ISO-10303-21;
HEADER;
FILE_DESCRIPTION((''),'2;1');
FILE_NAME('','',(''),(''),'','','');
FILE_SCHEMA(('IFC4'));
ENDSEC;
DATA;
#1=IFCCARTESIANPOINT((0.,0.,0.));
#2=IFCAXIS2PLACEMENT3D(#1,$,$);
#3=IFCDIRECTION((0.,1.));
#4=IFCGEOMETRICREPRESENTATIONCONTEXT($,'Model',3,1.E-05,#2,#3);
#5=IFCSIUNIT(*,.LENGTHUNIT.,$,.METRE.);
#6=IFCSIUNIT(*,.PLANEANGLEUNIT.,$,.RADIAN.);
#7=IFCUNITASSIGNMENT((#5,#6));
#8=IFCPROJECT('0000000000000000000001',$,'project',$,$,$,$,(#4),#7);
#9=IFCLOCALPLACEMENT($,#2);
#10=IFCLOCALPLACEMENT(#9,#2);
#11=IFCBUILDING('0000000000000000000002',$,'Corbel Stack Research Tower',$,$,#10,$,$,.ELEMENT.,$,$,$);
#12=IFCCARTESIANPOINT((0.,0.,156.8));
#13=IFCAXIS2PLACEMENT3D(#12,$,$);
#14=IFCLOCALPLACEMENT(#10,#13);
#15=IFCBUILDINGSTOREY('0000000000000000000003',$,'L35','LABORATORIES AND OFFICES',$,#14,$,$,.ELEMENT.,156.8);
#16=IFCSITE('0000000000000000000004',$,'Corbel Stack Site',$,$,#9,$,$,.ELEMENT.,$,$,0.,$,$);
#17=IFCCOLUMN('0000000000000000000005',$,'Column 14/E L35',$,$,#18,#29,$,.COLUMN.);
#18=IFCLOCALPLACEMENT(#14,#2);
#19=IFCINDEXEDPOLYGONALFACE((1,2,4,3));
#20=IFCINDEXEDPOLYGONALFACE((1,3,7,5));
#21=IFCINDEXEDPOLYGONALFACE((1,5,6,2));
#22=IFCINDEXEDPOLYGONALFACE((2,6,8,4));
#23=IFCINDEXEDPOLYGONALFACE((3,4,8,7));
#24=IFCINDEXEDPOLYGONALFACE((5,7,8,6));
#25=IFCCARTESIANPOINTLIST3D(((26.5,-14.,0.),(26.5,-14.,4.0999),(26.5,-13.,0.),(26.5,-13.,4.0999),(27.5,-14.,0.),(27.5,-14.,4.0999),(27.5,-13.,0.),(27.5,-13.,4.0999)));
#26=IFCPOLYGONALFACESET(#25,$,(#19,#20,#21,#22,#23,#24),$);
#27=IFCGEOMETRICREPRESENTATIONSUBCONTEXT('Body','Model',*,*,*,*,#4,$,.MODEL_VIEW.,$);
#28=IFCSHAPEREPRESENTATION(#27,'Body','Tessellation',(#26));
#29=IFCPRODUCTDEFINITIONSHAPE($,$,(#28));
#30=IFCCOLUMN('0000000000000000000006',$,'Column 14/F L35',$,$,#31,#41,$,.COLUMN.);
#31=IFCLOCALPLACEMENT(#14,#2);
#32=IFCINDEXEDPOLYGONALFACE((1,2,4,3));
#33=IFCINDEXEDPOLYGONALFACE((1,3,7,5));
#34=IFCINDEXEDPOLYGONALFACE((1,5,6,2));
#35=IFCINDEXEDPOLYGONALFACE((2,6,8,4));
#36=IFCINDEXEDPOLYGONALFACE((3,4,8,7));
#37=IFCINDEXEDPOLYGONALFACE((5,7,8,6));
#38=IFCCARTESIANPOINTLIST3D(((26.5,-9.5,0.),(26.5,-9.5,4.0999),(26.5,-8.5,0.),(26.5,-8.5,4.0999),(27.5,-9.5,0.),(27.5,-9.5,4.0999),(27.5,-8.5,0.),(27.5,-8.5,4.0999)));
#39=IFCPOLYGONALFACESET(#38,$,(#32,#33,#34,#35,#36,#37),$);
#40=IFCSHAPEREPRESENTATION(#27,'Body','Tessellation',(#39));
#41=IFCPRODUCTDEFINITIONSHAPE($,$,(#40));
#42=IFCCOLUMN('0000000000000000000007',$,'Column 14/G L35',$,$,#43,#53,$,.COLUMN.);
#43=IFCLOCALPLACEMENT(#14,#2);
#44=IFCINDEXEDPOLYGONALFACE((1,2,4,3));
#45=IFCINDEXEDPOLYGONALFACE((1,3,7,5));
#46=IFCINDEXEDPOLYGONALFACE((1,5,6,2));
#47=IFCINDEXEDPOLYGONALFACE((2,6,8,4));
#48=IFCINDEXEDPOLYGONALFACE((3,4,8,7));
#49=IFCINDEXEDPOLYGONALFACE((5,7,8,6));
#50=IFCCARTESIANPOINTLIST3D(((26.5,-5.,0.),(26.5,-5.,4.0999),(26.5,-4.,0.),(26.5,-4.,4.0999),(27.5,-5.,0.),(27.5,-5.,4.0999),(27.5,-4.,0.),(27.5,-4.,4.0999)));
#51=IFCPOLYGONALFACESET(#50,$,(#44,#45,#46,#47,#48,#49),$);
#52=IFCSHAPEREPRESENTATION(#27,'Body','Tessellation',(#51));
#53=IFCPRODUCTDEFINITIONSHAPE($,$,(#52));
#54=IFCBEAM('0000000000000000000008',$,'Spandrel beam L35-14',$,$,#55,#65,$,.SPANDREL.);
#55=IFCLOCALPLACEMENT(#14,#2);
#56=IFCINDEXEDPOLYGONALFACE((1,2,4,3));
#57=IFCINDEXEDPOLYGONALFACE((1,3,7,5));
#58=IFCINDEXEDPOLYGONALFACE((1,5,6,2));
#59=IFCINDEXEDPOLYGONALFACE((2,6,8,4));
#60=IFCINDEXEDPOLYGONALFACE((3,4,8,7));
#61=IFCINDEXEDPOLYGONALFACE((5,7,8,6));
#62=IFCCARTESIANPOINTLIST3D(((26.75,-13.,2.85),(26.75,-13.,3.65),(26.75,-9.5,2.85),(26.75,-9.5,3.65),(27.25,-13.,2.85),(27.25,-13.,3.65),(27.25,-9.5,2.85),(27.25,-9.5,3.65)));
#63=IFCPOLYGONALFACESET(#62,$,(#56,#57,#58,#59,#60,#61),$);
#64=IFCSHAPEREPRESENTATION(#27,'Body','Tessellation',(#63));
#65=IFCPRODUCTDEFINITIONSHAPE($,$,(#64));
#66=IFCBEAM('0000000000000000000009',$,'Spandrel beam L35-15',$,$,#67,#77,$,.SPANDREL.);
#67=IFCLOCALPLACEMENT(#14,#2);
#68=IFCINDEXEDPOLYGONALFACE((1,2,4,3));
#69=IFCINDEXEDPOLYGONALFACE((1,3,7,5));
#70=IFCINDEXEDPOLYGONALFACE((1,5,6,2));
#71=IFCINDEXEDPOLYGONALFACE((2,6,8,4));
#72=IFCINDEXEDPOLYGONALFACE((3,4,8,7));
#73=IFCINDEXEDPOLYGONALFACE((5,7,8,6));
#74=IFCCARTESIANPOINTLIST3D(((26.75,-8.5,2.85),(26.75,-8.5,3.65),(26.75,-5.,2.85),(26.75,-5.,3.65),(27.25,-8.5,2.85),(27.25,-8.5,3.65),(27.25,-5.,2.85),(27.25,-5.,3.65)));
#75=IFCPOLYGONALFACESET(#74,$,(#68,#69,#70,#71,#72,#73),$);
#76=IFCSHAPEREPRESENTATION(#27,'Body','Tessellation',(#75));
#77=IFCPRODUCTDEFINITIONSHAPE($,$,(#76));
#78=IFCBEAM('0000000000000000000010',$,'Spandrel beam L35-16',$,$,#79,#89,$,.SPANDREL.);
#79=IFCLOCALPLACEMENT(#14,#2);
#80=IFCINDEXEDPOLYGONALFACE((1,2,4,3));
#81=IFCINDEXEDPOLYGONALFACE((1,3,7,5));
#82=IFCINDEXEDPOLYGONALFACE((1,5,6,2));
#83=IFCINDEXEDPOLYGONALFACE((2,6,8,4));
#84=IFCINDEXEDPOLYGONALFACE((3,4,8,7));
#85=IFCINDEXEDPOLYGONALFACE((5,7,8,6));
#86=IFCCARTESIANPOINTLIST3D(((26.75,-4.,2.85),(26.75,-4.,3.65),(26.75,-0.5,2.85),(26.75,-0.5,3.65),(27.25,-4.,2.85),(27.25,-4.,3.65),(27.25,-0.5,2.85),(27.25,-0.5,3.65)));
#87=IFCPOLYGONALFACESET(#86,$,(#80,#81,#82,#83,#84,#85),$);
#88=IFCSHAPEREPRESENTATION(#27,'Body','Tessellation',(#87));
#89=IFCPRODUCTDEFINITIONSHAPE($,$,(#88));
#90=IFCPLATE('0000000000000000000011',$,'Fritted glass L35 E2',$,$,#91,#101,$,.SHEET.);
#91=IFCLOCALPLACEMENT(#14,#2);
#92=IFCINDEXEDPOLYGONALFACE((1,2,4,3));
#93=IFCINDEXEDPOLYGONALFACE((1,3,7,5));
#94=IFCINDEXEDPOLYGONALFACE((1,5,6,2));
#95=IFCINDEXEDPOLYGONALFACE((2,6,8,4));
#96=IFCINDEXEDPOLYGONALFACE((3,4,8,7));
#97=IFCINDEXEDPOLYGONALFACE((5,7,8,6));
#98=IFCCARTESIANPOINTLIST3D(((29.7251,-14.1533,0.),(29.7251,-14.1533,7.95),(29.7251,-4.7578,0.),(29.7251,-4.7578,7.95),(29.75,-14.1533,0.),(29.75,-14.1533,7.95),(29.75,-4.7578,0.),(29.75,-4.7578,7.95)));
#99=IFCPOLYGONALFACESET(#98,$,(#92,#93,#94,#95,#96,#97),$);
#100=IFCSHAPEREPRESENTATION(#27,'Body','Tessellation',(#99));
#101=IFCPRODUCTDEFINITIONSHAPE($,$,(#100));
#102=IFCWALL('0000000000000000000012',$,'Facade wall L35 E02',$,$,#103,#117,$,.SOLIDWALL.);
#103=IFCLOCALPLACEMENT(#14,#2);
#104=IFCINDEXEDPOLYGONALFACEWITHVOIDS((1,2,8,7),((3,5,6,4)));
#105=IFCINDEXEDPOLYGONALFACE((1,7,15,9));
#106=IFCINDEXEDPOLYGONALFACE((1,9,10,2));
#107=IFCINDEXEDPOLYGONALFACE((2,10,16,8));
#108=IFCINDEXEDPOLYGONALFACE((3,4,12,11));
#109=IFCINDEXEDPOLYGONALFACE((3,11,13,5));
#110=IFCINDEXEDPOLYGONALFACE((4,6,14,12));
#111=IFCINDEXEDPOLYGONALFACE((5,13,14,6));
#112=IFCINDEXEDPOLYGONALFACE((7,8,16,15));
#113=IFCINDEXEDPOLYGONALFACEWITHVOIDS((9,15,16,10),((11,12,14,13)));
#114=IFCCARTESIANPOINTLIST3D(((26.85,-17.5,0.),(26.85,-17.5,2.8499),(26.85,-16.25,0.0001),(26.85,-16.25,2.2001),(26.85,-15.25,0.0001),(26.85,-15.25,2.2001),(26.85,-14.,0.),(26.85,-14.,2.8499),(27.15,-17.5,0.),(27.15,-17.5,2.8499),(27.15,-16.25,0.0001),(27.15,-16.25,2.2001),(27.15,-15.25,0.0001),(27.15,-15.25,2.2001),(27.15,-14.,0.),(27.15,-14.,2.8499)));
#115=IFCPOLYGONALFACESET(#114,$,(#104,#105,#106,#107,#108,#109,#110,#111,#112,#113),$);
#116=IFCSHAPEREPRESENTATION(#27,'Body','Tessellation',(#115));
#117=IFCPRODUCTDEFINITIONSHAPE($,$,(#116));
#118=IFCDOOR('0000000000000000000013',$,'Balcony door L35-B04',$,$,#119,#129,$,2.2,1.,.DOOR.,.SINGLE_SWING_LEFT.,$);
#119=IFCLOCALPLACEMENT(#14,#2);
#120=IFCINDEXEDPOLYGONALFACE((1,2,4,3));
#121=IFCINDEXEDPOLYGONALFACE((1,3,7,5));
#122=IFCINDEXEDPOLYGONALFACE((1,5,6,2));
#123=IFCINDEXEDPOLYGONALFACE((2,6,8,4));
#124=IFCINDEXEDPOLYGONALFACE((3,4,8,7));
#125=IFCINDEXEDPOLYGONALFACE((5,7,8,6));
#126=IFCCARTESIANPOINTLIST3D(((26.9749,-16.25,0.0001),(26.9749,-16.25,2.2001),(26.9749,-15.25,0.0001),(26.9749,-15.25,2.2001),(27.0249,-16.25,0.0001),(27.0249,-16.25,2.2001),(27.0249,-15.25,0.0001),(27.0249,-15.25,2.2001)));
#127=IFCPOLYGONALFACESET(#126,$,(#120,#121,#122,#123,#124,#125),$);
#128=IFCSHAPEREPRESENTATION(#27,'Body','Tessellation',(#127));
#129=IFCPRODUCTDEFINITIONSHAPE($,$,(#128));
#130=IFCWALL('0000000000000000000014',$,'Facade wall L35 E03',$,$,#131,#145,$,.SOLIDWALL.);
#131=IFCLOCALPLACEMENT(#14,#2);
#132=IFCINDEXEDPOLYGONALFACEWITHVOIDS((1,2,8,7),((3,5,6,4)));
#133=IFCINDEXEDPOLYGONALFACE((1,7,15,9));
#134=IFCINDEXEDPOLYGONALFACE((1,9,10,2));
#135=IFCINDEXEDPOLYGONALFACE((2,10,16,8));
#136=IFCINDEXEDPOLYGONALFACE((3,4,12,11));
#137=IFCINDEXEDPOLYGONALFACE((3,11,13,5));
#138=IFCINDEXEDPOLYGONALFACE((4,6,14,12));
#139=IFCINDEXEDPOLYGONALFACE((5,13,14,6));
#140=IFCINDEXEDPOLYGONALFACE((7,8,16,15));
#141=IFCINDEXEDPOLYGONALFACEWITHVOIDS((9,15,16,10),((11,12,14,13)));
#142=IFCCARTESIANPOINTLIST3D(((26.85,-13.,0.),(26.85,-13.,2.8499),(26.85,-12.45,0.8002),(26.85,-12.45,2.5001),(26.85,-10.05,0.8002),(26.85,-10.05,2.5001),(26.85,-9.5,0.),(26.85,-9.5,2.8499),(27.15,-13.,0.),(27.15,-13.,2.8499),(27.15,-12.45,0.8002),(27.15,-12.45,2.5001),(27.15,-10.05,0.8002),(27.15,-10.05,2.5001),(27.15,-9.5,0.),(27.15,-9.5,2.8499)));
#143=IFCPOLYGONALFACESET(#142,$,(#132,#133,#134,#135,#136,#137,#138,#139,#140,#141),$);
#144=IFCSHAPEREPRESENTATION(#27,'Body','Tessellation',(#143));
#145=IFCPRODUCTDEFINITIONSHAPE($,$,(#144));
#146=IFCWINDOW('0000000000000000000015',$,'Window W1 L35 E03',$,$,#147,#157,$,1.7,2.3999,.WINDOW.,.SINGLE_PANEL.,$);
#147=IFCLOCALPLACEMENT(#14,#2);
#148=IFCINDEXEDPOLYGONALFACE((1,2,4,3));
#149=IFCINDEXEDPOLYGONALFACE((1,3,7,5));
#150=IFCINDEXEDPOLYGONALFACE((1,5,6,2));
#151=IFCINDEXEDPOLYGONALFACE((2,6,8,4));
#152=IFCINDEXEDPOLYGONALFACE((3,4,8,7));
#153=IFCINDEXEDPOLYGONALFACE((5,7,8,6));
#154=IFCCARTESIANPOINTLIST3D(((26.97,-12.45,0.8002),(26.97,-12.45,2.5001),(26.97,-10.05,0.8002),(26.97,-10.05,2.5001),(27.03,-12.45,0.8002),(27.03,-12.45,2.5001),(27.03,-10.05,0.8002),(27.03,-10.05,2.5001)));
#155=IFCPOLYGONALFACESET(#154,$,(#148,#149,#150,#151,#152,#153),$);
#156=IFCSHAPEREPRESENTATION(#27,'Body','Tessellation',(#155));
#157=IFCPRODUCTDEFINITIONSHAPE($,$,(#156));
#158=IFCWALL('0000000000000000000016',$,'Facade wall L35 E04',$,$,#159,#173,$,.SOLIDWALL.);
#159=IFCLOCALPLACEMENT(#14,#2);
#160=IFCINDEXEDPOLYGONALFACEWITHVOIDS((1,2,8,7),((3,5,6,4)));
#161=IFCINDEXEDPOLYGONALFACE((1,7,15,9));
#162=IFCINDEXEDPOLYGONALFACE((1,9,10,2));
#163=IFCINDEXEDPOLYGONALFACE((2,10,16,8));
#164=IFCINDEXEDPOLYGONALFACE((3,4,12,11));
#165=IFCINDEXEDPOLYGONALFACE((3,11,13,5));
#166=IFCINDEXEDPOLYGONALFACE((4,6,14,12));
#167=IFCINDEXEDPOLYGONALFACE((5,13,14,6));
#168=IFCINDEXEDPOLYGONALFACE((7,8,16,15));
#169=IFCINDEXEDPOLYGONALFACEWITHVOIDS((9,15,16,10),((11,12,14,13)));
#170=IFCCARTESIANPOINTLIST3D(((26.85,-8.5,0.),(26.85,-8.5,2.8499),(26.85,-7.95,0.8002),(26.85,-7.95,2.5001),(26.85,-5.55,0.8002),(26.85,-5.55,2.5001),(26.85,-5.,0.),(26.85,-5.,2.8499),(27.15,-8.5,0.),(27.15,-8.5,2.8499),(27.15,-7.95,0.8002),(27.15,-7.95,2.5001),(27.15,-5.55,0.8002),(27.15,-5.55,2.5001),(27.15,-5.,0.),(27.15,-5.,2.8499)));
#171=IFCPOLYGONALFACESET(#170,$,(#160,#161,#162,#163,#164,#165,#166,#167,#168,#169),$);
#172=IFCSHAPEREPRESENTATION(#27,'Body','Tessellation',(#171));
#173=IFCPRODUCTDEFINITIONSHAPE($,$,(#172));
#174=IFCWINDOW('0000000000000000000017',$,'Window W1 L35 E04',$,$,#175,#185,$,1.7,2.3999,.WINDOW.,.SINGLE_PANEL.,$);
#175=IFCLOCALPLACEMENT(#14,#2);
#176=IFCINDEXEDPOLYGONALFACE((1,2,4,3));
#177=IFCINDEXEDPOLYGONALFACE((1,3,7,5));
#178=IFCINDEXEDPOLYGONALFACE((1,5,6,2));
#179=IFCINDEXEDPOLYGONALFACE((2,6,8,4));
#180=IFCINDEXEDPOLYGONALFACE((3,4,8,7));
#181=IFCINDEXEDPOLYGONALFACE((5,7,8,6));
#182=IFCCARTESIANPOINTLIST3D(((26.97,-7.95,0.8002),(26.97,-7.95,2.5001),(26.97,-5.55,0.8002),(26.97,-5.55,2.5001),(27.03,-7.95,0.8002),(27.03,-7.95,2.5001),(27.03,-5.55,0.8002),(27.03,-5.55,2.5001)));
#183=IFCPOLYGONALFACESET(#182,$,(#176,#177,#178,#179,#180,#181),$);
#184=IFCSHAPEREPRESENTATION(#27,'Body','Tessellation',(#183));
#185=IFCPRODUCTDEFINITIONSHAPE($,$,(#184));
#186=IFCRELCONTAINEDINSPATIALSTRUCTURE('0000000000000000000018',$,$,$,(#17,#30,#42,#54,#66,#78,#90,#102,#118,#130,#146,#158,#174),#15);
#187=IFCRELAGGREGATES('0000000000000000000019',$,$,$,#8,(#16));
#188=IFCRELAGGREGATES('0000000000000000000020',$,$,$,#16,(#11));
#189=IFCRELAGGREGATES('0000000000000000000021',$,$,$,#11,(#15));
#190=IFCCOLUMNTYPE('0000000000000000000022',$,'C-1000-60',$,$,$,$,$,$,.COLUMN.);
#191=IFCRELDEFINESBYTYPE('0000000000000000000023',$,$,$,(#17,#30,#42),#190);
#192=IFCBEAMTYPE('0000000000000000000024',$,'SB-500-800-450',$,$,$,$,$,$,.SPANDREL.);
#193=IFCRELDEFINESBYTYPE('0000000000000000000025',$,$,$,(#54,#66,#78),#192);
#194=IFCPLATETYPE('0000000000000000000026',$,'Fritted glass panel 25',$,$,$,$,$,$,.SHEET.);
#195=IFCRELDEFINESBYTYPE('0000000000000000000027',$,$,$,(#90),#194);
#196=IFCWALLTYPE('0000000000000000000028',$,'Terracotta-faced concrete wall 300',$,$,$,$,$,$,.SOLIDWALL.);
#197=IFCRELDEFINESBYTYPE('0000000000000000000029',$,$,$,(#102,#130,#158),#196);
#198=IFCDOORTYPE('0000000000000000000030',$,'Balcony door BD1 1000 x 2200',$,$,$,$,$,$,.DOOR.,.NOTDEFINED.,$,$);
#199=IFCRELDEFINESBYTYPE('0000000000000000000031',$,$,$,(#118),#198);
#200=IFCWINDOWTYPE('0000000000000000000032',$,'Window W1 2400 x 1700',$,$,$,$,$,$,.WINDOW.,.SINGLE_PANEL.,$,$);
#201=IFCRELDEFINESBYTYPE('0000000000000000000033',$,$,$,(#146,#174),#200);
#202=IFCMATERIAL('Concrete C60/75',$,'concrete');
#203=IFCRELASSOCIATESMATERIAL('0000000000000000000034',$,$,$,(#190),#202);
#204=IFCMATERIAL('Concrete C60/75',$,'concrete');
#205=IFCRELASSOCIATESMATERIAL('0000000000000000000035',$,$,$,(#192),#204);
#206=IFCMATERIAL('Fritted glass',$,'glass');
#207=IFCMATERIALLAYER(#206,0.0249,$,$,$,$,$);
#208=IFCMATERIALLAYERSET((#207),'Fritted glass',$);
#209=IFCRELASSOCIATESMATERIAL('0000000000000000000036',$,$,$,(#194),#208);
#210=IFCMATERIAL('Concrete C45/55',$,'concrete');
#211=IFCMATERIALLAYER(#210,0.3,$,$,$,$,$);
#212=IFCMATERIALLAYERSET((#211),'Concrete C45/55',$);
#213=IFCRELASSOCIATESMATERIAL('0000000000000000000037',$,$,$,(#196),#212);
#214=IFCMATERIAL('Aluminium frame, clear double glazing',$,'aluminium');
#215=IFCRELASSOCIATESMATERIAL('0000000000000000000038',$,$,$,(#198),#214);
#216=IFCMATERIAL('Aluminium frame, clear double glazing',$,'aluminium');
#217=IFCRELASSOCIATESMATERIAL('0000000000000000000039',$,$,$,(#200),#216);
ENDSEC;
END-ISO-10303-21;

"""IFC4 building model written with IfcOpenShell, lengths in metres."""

from ifc_helpers import new_model, si_unit, direction, frame, frame_2d, origin, origin_2d, place, context, subcontext, project, spatial, rectangle, extrude, material, layer, layer_set, material_profile, profile_set, type_object, element, fill, save


model = new_model("IFC4")

# Units and contexts
model_context = context("Model", 3, precision=1e-05, world=origin(), true_north=direction((0.0, 1.0)))
body_context = subcontext(model_context, "Body", "Model", "MODEL_VIEW")
ifc_project = project(units=[si_unit("LENGTHUNIT", "METRE"), si_unit("PLANEANGLEUNIT", "RADIAN")], contexts=[model_context])

# Site, building, storey
site_placement = place(None, origin())
site = spatial("IfcSite", under=ifc_project, at=site_placement, Name="Corbel Stack Site", CompositionType="ELEMENT", RefElevation=0.0)
building_placement = place(site_placement, origin())
building = spatial("IfcBuilding", under=site, at=building_placement, Name="Corbel Stack Research Tower", CompositionType="ELEMENT")
storey_placement = place(building_placement, frame((0.0, 0.0, 156.8)))
storey = spatial("IfcBuildingStorey", under=building, at=storey_placement, Name="L35", Description="LABORATORIES AND OFFICES", CompositionType="ELEMENT", Elevation=156.8)

# Columns
ifc_material_1 = material(Name="Concrete C60/75", Category="concrete")
ifc_material_profile_1 = material_profile(ifc_material_1, rectangle(XDim=1.0, YDim=1.0, at=origin_2d()), Name="RC 1000 x 1000")
ifc_profile_set_1 = profile_set([ifc_material_profile_1], Name="Concrete C60/75")
column_type = type_object("IfcColumnType", Name="C-1000-60", PredefinedType="COLUMN", material=ifc_profile_set_1)
for number, where, z_axis, x_axis, name in (
    (1, (27.0, -13.5, 0.0), (0.0, 0.0, 1.0), (1.0, 0.0, 0.0), "Column 14/E L35"),
    (2, (27.0, -9.0, 0.0), (0.0, 0.0, 1.0), (1.0, 0.0, 0.0), "Column 14/F L35"),
    (3, (27.0, -4.5, 0.0), (0.0, 0.0, 1.0), (1.0, 0.0, 0.0), "Column 14/G L35"),
):
    element("IfcColumn", number, at=place(storey_placement, frame(where, z_axis=z_axis, x_axis=x_axis)), inside=storey, type_object=column_type, Name=name, PredefinedType="COLUMN", context=body_context, shape_type="SweptSolid", body=[
        extrude(rectangle(XDim=1.0, YDim=1.0, at=origin_2d()), origin(), (0.0, 0.0, 1.0), 4.0999),
    ])

# Beams
ifc_material_2 = material(Name="Concrete C60/75", Category="concrete")
ifc_material_profile_2 = material_profile(ifc_material_2, rectangle(XDim=0.5, YDim=0.8, at=origin_2d()), Name="RC 500 x 800")
ifc_profile_set_2 = profile_set([ifc_material_profile_2], Name="Concrete C60/75")
beam_type = type_object("IfcBeamType", Name="SB-500-800-450", PredefinedType="SPANDREL", material=ifc_profile_set_2)
for number, where, z_axis, x_axis, name in (
    (4, (27.0, -13.0, 3.25), (0.0, 1.0, 0.0), (-1.0, 0.0, 0.0), "Spandrel beam L35-14"),
    (5, (27.0, -8.5, 3.25), (0.0, 1.0, 0.0), (-1.0, 0.0, 0.0), "Spandrel beam L35-15"),
    (6, (27.0, -4.0, 3.25), (0.0, 1.0, 0.0), (-1.0, 0.0, 0.0), "Spandrel beam L35-16"),
):
    element("IfcBeam", number, at=place(storey_placement, frame(where, z_axis=z_axis, x_axis=x_axis)), inside=storey, type_object=beam_type, Name=name, PredefinedType="SPANDREL", context=body_context, shape_type="SweptSolid", body=[
        extrude(rectangle(XDim=0.5, YDim=0.8, at=origin_2d()), origin(), (0.0, 0.0, 1.0), 3.5),
    ])

# Plate
ifc_material_3 = material(Name="Fritted glass", Category="glass")
ifc_layer_1 = layer(ifc_material_3, 0.0249)
ifc_layer_set_1 = layer_set([ifc_layer_1], Name="Fritted glass")
plate_type = type_object("IfcPlateType", Name="Fritted glass panel 25", PredefinedType="SHEET", material=ifc_layer_set_1)
plate_placement = place(storey_placement, frame((29.7375, -9.4556, 0.0), z_axis=(0.0, 0.0, 1.0), x_axis=(0.0, 1.0, 0.0)))
element("IfcPlate", 7, at=plate_placement, inside=storey, type_object=plate_type, Name="Fritted glass L35 E2", PredefinedType="SHEET", context=body_context, shape_type="SweptSolid", body=[
    extrude(rectangle(XDim=9.3955, YDim=0.0249, at=origin_2d()), origin(), (0.0, 0.0, 1.0), 7.95),
])

# Wall, opening, door
ifc_material_4 = material(Name="Concrete C45/55", Category="concrete")
ifc_layer_2 = layer(ifc_material_4, 0.3)
ifc_layer_set_2 = layer_set([ifc_layer_2], Name="Concrete C45/55")
wall_type = type_object("IfcWallType", Name="Terracotta-faced concrete wall 300", PredefinedType="SOLIDWALL", material=ifc_layer_set_2)
wall_1_placement = place(storey_placement, frame((27.0, -14.0, 0.0), z_axis=(0.0, 0.0, 1.0), x_axis=(0.0, -1.0, 0.0)))
wall_1 = element("IfcWall", 8, at=wall_1_placement, inside=storey, type_object=wall_type, Name="Facade wall L35 E02", PredefinedType="SOLIDWALL", context=body_context, shape_type="SweptSolid", body=[
    extrude(rectangle(XDim=3.5, YDim=0.3, at=frame_2d((1.75, 0.0))), origin(), (0.0, 0.0, 1.0), 2.8499),
])
opening_1_placement = place(wall_1_placement, frame((1.25, 0.0, 0.0)))
opening_1 = element("IfcOpeningElement", 9, at=opening_1_placement, cuts=wall_1, PredefinedType="OPENING", context=body_context, shape_type="SweptSolid", body=[
    extrude(rectangle(XDim=1.0, YDim=2.2, at=frame_2d((0.5, 1.1001))), frame((0.0, 0.1599, 0.0), z_axis=(0.0, -1.0, 0.0), x_axis=(1.0, 0.0, 0.0)), (0.0, 0.0, 1.0), 0.3201),
])
ifc_material_5 = material(Name="Aluminium frame, clear double glazing", Category="aluminium")
door_type = type_object("IfcDoorType", Name="Balcony door BD1 1000 x 2200", OperationType="NOTDEFINED", PredefinedType="DOOR", material=ifc_material_5)
door_placement = place(opening_1_placement, origin())
door = element("IfcDoor", 10, at=door_placement, inside=storey, type_object=door_type, Name="Balcony door L35-B04", OperationType="SINGLE_SWING_LEFT", OverallHeight=2.2, OverallWidth=1.0, PredefinedType="DOOR", context=body_context, shape_type="SweptSolid", body=[
    extrude(rectangle(XDim=1.0, YDim=2.2, at=frame_2d((0.5, 1.1001))), frame((0.0, 0.0249, 0.0), z_axis=(0.0, -1.0, 0.0), x_axis=(1.0, 0.0, 0.0)), (0.0, 0.0, 1.0), 0.05),
])
fill(opening_1, door)

# Walls, openings, windows
wall_2_placement = place(storey_placement, frame((27.0, -9.5, 0.0), z_axis=(0.0, 0.0, 1.0), x_axis=(0.0, -1.0, 0.0)))
wall_2 = element("IfcWall", 11, at=wall_2_placement, inside=storey, type_object=wall_type, Name="Facade wall L35 E03", PredefinedType="SOLIDWALL", context=body_context, shape_type="SweptSolid", body=[
    extrude(rectangle(XDim=3.5, YDim=0.3, at=frame_2d((1.75, 0.0))), origin(), (0.0, 0.0, 1.0), 2.8499),
])
opening_2_placement = place(wall_2_placement, frame((0.55, 0.0, 0.8)))
opening_2 = element("IfcOpeningElement", 12, at=opening_2_placement, cuts=wall_2, PredefinedType="OPENING", context=body_context, shape_type="SweptSolid", body=[
    extrude(rectangle(XDim=2.3999, YDim=1.7, at=frame_2d((1.2, 0.8501))), frame((0.0, 0.1599, 0.0), z_axis=(0.0, -1.0, 0.0), x_axis=(1.0, 0.0, 0.0)), (0.0, 0.0, 1.0), 0.3201),
])
ifc_material_6 = material(Name="Aluminium frame, clear double glazing", Category="aluminium")
window_type = type_object("IfcWindowType", Name="Window W1 2400 x 1700", PartitioningType="SINGLE_PANEL", PredefinedType="WINDOW", material=ifc_material_6)
window_1_placement = place(opening_2_placement, origin())
window_1 = element("IfcWindow", 13, at=window_1_placement, inside=storey, type_object=window_type, Name="Window W1 L35 E03", OverallHeight=1.7, OverallWidth=2.3999, PartitioningType="SINGLE_PANEL", PredefinedType="WINDOW", context=body_context, shape_type="SweptSolid", body=[
    extrude(rectangle(XDim=2.3999, YDim=1.7, at=frame_2d((1.2, 0.8501))), frame((0.0, 0.03, 0.0), z_axis=(0.0, -1.0, 0.0), x_axis=(1.0, 0.0, 0.0)), (0.0, 0.0, 1.0), 0.0601),
])
fill(opening_2, window_1)
wall_3_placement = place(storey_placement, frame((27.0, -5.0, 0.0), z_axis=(0.0, 0.0, 1.0), x_axis=(0.0, -1.0, 0.0)))
wall_3 = element("IfcWall", 14, at=wall_3_placement, inside=storey, type_object=wall_type, Name="Facade wall L35 E04", PredefinedType="SOLIDWALL", context=body_context, shape_type="SweptSolid", body=[
    extrude(rectangle(XDim=3.5, YDim=0.3, at=frame_2d((1.75, 0.0))), origin(), (0.0, 0.0, 1.0), 2.8499),
])
opening_3_placement = place(wall_3_placement, frame((0.55, 0.0, 0.8)))
opening_3 = element("IfcOpeningElement", 15, at=opening_3_placement, cuts=wall_3, PredefinedType="OPENING", context=body_context, shape_type="SweptSolid", body=[
    extrude(rectangle(XDim=2.3999, YDim=1.7, at=frame_2d((1.2, 0.8501))), frame((0.0, 0.1599, 0.0), z_axis=(0.0, -1.0, 0.0), x_axis=(1.0, 0.0, 0.0)), (0.0, 0.0, 1.0), 0.3201),
])
window_2_placement = place(opening_3_placement, origin())
window_2 = element("IfcWindow", 16, at=window_2_placement, inside=storey, type_object=window_type, Name="Window W1 L35 E04", OverallHeight=1.7, OverallWidth=2.3999, PartitioningType="SINGLE_PANEL", PredefinedType="WINDOW", context=body_context, shape_type="SweptSolid", body=[
    extrude(rectangle(XDim=2.3999, YDim=1.7, at=frame_2d((1.2, 0.8501))), frame((0.0, 0.03, 0.0), z_axis=(0.0, -1.0, 0.0), x_axis=(1.0, 0.0, 0.0)), (0.0, 0.0, 1.0), 0.0601),
])
fill(opening_3, window_2)

save(model, "model.ifc")
